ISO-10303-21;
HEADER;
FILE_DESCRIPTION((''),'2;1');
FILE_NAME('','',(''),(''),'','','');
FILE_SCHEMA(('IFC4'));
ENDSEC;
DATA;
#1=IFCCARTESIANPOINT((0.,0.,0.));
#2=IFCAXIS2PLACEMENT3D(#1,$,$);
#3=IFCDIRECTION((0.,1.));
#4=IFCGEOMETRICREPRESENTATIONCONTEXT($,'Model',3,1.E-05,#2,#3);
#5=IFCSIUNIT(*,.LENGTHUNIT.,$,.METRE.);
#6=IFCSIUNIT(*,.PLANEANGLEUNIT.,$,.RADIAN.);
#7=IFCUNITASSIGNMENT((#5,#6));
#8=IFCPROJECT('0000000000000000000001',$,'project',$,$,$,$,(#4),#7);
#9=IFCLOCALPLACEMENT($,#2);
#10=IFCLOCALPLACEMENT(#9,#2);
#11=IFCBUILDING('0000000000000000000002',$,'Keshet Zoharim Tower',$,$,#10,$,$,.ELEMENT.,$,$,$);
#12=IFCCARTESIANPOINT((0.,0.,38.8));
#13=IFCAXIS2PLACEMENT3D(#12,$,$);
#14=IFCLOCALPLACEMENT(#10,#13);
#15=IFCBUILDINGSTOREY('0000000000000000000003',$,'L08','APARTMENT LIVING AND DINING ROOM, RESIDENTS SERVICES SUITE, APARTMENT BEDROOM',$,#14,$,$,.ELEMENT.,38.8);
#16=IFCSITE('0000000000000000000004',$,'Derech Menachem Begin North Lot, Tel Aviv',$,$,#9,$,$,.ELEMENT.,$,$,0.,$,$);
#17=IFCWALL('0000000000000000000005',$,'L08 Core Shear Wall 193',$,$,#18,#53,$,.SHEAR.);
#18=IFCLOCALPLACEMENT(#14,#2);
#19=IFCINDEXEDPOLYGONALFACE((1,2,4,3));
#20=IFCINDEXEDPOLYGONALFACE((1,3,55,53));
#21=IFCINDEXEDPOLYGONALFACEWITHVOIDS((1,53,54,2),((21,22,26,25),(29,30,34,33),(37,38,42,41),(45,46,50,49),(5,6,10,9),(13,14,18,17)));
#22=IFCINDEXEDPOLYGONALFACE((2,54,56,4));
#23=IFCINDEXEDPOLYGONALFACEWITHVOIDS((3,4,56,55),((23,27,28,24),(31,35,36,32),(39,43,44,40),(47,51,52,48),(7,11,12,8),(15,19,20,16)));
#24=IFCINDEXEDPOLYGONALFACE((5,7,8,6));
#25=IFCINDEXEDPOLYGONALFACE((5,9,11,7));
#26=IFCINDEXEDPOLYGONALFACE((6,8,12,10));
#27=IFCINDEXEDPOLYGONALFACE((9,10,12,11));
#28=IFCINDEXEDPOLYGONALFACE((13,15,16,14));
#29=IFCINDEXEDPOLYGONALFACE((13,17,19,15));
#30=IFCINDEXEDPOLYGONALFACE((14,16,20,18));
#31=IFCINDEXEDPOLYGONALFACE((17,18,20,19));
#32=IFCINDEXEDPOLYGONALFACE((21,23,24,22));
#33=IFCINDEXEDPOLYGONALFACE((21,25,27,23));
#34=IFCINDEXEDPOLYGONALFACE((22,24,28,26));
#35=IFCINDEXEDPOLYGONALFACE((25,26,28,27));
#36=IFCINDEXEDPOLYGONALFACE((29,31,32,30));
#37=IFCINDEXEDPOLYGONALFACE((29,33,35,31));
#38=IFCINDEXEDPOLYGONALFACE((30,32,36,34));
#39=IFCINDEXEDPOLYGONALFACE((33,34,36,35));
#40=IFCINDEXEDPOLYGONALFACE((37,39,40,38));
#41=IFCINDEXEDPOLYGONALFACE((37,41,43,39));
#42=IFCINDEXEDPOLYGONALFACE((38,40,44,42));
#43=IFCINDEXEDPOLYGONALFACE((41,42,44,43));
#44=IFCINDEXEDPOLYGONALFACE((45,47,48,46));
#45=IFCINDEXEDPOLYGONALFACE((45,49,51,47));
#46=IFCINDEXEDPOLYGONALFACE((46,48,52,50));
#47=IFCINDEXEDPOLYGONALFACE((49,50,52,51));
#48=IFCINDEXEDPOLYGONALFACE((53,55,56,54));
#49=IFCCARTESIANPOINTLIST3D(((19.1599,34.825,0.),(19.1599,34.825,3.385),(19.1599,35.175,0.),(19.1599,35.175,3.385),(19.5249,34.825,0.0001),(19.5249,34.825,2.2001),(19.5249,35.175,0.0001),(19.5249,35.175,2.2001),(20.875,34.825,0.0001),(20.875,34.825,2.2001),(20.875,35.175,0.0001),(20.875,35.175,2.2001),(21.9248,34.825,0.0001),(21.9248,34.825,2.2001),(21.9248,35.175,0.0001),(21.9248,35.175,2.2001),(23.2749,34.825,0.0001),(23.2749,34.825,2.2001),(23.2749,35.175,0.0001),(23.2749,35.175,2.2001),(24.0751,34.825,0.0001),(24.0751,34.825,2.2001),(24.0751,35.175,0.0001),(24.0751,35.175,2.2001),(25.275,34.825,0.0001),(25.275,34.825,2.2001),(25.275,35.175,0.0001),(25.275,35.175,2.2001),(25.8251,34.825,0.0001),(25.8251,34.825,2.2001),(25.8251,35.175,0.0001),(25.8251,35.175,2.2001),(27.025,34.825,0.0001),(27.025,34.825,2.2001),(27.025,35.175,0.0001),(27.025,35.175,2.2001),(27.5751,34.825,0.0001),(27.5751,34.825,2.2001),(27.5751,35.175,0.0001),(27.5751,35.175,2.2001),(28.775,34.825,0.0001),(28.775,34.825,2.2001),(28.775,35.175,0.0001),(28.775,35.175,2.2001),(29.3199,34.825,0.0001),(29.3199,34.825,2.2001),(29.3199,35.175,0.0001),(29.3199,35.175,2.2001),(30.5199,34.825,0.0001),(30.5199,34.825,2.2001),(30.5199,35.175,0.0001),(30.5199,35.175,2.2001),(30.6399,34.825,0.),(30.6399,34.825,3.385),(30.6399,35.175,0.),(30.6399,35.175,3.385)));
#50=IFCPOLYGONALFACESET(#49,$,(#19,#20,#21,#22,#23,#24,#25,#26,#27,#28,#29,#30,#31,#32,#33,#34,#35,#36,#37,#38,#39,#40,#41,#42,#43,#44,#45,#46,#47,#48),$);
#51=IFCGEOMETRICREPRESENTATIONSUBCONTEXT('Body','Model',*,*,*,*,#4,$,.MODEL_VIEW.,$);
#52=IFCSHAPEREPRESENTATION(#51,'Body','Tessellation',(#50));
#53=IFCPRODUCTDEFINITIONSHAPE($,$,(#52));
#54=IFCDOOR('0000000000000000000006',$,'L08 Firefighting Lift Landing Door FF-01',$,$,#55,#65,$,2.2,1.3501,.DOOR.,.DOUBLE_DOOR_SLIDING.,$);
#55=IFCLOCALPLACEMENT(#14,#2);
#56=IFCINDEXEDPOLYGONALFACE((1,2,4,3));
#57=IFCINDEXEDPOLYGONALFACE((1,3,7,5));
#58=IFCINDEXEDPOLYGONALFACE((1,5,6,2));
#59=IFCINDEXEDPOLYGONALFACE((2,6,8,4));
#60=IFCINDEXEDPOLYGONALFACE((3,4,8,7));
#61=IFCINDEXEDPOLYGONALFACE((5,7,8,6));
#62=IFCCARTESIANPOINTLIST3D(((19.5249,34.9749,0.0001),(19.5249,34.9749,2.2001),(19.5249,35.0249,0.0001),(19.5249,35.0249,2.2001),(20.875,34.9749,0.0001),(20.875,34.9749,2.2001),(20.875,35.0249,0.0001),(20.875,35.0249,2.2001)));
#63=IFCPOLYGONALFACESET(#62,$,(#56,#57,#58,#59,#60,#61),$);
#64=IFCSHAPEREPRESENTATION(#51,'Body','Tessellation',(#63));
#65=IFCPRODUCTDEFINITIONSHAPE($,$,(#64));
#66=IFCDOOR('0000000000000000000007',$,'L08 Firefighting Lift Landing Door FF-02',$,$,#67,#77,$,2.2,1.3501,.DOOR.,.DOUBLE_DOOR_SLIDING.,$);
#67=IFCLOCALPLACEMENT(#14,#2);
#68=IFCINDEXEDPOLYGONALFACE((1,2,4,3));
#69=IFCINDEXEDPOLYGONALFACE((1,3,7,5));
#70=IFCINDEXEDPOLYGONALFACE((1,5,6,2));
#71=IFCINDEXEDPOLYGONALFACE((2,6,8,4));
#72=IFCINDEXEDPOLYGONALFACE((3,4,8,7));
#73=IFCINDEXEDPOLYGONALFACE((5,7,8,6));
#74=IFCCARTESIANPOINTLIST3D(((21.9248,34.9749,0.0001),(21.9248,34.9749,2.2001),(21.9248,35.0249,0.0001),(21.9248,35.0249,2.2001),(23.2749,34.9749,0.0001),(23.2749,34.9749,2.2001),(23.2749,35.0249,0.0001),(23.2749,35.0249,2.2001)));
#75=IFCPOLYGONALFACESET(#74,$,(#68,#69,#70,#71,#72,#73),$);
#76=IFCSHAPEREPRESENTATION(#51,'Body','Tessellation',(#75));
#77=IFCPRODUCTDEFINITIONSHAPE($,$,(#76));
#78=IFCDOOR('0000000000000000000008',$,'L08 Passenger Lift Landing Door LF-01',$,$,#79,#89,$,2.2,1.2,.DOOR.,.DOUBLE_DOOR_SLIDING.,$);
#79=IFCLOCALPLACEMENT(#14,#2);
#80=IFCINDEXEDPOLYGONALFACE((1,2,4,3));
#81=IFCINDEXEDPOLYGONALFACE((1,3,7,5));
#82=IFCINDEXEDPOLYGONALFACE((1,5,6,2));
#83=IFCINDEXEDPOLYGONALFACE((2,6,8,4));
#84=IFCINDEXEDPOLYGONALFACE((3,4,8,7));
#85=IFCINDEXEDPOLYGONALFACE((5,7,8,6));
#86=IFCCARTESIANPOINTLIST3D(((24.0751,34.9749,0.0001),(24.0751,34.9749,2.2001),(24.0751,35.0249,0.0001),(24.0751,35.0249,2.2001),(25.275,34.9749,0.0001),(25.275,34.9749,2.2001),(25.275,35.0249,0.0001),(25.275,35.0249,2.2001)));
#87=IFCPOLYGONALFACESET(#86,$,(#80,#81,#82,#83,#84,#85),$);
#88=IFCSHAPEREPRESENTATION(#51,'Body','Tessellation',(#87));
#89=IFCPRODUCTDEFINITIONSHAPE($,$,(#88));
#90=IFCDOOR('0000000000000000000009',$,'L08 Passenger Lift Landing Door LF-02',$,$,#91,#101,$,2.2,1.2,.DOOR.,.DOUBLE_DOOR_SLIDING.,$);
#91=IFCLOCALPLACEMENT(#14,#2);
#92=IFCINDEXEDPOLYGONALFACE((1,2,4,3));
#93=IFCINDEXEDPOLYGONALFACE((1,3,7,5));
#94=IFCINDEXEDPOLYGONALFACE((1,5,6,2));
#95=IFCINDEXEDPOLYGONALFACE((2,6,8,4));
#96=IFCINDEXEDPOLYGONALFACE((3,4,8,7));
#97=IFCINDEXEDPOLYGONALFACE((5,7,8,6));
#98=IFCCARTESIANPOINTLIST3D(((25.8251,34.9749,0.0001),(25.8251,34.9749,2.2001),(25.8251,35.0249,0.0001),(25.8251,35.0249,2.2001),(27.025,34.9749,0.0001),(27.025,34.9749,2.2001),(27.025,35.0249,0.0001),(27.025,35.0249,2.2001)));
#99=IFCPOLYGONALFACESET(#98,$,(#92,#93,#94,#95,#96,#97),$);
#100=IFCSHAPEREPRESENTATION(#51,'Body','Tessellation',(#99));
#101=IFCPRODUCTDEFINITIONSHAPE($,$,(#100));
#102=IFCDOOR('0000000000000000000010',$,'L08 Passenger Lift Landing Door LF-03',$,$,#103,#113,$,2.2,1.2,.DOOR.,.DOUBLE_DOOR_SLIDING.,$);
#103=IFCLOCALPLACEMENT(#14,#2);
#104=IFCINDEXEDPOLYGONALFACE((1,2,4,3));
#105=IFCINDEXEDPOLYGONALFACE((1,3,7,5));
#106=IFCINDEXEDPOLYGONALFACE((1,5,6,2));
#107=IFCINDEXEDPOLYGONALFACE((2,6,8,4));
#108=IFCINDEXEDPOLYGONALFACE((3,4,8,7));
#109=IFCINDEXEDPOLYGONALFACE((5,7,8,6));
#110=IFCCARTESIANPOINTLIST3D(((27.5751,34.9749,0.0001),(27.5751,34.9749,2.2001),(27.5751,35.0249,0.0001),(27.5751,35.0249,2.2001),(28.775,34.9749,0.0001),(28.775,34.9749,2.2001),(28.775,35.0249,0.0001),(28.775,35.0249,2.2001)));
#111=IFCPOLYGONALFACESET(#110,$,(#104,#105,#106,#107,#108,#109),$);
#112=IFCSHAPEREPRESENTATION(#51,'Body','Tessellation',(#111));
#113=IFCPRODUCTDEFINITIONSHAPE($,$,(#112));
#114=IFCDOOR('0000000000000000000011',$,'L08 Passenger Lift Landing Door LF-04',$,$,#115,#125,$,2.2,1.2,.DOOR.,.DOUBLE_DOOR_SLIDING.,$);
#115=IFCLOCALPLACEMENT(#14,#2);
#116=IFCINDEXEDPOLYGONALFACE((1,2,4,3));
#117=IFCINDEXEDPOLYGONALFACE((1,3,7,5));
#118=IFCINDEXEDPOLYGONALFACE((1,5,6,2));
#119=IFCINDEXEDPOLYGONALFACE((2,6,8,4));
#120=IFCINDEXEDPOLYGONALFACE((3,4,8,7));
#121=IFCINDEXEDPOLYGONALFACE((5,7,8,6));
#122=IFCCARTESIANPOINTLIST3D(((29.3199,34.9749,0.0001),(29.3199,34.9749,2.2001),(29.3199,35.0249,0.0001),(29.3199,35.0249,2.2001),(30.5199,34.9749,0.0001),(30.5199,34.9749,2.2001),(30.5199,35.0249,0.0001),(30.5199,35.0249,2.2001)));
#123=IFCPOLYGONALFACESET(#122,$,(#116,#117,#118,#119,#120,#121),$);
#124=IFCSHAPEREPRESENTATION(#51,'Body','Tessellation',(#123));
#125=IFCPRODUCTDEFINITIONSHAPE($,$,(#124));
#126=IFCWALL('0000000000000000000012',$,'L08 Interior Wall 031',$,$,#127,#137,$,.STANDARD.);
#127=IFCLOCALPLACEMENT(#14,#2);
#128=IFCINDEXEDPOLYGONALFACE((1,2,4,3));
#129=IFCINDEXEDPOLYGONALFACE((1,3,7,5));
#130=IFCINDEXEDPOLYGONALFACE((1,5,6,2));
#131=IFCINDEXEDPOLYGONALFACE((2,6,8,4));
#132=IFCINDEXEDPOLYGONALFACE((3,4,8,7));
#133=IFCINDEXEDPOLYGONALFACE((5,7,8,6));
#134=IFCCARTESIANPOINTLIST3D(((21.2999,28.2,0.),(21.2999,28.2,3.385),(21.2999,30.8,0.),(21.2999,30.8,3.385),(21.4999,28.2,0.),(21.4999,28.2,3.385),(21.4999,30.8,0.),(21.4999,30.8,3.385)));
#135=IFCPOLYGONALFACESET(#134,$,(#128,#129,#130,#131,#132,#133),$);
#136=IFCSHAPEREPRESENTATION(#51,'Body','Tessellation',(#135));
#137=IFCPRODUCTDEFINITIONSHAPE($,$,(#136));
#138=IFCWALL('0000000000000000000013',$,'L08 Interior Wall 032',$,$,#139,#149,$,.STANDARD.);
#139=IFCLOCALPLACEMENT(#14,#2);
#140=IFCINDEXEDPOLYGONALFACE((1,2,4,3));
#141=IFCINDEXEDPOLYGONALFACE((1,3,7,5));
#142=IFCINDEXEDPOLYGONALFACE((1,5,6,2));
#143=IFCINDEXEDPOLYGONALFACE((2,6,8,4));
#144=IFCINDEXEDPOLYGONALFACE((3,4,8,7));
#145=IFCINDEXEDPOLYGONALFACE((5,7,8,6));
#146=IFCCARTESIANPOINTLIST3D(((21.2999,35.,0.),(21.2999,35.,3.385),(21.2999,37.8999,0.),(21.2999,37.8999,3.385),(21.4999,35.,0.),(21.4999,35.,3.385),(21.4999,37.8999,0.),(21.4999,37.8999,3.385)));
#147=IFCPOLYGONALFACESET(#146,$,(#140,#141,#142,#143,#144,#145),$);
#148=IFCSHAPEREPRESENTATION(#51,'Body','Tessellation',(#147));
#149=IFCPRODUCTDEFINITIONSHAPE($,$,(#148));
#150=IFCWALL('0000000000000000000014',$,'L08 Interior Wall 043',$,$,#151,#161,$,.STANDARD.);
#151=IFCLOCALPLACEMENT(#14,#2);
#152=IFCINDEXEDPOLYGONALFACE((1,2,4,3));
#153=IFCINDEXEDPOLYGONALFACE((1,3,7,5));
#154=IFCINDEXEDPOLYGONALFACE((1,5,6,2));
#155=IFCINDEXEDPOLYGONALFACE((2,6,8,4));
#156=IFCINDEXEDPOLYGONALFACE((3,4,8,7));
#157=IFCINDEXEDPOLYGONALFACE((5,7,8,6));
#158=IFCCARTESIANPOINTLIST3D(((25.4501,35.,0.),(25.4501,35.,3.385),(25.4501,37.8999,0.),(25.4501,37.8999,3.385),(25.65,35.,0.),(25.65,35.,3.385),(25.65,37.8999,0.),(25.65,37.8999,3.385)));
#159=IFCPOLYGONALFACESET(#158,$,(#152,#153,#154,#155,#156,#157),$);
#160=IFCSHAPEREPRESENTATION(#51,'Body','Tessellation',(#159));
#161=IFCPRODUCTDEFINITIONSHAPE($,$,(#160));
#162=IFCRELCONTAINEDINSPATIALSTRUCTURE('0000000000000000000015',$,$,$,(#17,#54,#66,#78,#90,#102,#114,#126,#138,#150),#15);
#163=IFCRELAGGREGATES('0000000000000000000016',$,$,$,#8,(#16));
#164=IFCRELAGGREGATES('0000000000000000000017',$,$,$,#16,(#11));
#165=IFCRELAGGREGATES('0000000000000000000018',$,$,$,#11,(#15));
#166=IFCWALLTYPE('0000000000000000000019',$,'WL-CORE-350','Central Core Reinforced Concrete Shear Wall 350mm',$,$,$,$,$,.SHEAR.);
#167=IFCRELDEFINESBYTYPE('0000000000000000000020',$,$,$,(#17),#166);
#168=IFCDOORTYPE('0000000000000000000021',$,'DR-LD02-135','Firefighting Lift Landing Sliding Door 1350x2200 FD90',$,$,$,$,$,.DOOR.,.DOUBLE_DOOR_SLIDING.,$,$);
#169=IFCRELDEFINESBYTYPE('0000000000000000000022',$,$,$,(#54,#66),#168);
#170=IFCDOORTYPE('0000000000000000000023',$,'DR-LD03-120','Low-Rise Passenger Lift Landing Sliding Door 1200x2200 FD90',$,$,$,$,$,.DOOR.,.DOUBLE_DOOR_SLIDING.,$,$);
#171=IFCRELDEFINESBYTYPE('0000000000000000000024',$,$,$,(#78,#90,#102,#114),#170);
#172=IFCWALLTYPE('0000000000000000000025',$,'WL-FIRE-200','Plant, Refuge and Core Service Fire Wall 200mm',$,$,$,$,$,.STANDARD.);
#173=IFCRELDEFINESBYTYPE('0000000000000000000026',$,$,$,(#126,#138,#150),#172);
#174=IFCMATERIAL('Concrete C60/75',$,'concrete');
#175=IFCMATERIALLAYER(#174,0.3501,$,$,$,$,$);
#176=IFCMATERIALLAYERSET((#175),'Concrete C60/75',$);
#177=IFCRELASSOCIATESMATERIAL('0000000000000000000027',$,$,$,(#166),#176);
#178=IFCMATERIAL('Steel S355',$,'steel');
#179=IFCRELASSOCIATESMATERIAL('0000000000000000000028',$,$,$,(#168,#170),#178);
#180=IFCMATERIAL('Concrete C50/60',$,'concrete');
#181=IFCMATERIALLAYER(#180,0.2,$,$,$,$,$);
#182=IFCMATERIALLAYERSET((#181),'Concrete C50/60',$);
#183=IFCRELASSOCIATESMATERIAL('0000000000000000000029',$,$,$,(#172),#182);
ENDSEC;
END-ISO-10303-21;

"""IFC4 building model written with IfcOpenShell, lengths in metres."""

from ifc_helpers import new_model, si_unit, direction, frame, frame_2d, origin, place, context, subcontext, project, spatial, rectangle, extrude, material, layer, layer_set, type_object, element, fill, save


model = new_model("IFC4")

# Units and contexts
model_context = context("Model", 3, precision=1e-05, world=origin(), true_north=direction((0.0, 1.0)))
body_context = subcontext(model_context, "Body", "Model", "MODEL_VIEW")
ifc_project = project(units=[si_unit("LENGTHUNIT", "METRE"), si_unit("PLANEANGLEUNIT", "RADIAN")], contexts=[model_context])

# Site, building, storey
site_placement = place(None, origin())
site = spatial("IfcSite", under=ifc_project, at=site_placement, Name="Derech Menachem Begin North Lot, Tel Aviv", CompositionType="ELEMENT", RefElevation=0.0)
building_placement = place(site_placement, origin())
building = spatial("IfcBuilding", under=site, at=building_placement, Name="Keshet Zoharim Tower", CompositionType="ELEMENT")
storey_placement = place(building_placement, frame((0.0, 0.0, 38.8)))
storey = spatial("IfcBuildingStorey", under=building, at=storey_placement, Name="L08", Description="APARTMENT LIVING AND DINING ROOM, RESIDENTS SERVICES SUITE, APARTMENT BEDROOM", CompositionType="ELEMENT", Elevation=38.8)

# Shared definitions
ifc_material_1 = material(Name="Concrete C60/75", Category="concrete")
ifc_layer_1 = layer(ifc_material_1, 0.3501)
ifc_layer_set_1 = layer_set([ifc_layer_1], Name="Concrete C60/75")
wall_type_1 = type_object("IfcWallType", Name="WL-CORE-350", Description="Central Core Reinforced Concrete Shear Wall 350mm", PredefinedType="SHEAR", material=ifc_layer_set_1)

# Shared definitions
ifc_material_2 = material(Name="Steel S355", Category="steel")

# Wall, openings, doors
wall_1_placement = place(storey_placement, frame((19.1599, 35.0, 0.0), z_axis=(0.0, 0.0, 1.0), x_axis=(1.0, 0.0, 0.0)))
wall_1 = element("IfcWall", 1, at=wall_1_placement, inside=storey, type_object=wall_type_1, Name="L08 Core Shear Wall 193", PredefinedType="SHEAR", context=body_context, shape_type="SweptSolid", body=[
    extrude(rectangle(XDim=11.48, YDim=0.3501, at=frame_2d((5.74, 0.0))), origin(), (0.0, 0.0, 1.0), 3.385),
])
opening_1_placement = place(wall_1_placement, frame((0.365, 0.0, 0.0)))
opening_1 = element("IfcOpeningElement", 2, at=opening_1_placement, cuts=wall_1, PredefinedType="OPENING", context=body_context, shape_type="SweptSolid", body=[
    extrude(rectangle(XDim=1.3501, YDim=2.2, at=frame_2d((0.675, 1.1001))), frame((0.0, 0.1851, 0.0), z_axis=(0.0, -1.0, 0.0), x_axis=(1.0, 0.0, 0.0)), (0.0, 0.0, 1.0), 0.3701),
])
opening_2_placement = place(wall_1_placement, frame((2.7649, 0.0, 0.0)))
opening_2 = element("IfcOpeningElement", 3, at=opening_2_placement, cuts=wall_1, PredefinedType="OPENING", context=body_context, shape_type="SweptSolid", body=[
    extrude(rectangle(XDim=1.3501, YDim=2.2, at=frame_2d((0.675, 1.1001))), frame((0.0, 0.1851, 0.0), z_axis=(0.0, -1.0, 0.0), x_axis=(1.0, 0.0, 0.0)), (0.0, 0.0, 1.0), 0.3701),
])
opening_3_placement = place(wall_1_placement, frame((4.915, 0.0, 0.0)))
opening_3 = element("IfcOpeningElement", 4, at=opening_3_placement, cuts=wall_1, PredefinedType="OPENING", context=body_context, shape_type="SweptSolid", body=[
    extrude(rectangle(XDim=1.2, YDim=2.2, at=frame_2d((0.6001, 1.1001))), frame((0.0, 0.1851, 0.0), z_axis=(0.0, -1.0, 0.0), x_axis=(1.0, 0.0, 0.0)), (0.0, 0.0, 1.0), 0.3701),
])
opening_4_placement = place(wall_1_placement, frame((6.665, 0.0, 0.0)))
opening_4 = element("IfcOpeningElement", 5, at=opening_4_placement, cuts=wall_1, PredefinedType="OPENING", context=body_context, shape_type="SweptSolid", body=[
    extrude(rectangle(XDim=1.2, YDim=2.2, at=frame_2d((0.6001, 1.1001))), frame((0.0, 0.1851, 0.0), z_axis=(0.0, -1.0, 0.0), x_axis=(1.0, 0.0, 0.0)), (0.0, 0.0, 1.0), 0.3701),
])
opening_5_placement = place(wall_1_placement, frame((8.415, 0.0, 0.0)))
opening_5 = element("IfcOpeningElement", 6, at=opening_5_placement, cuts=wall_1, PredefinedType="OPENING", context=body_context, shape_type="SweptSolid", body=[
    extrude(rectangle(XDim=1.2, YDim=2.2, at=frame_2d((0.6001, 1.1001))), frame((0.0, 0.1851, 0.0), z_axis=(0.0, -1.0, 0.0), x_axis=(1.0, 0.0, 0.0)), (0.0, 0.0, 1.0), 0.3701),
])
opening_6_placement = place(wall_1_placement, frame((10.1599, 0.0, 0.0)))
opening_6 = element("IfcOpeningElement", 7, at=opening_6_placement, cuts=wall_1, PredefinedType="OPENING", context=body_context, shape_type="SweptSolid", body=[
    extrude(rectangle(XDim=1.2, YDim=2.2, at=frame_2d((0.6001, 1.1001))), frame((0.0, 0.1851, 0.0), z_axis=(0.0, -1.0, 0.0), x_axis=(1.0, 0.0, 0.0)), (0.0, 0.0, 1.0), 0.3701),
])
door_type_1 = type_object("IfcDoorType", Name="DR-LD02-135", Description="Firefighting Lift Landing Sliding Door 1350x2200 FD90", OperationType="DOUBLE_DOOR_SLIDING", PredefinedType="DOOR", material=ifc_material_2)
door_1_placement = place(opening_1_placement, origin())
door_1 = element("IfcDoor", 8, at=door_1_placement, inside=storey, type_object=door_type_1, Name="L08 Firefighting Lift Landing Door FF-01", OperationType="DOUBLE_DOOR_SLIDING", OverallHeight=2.2, OverallWidth=1.3501, PredefinedType="DOOR", context=body_context, shape_type="SweptSolid", body=[
    extrude(rectangle(XDim=1.3501, YDim=2.2, at=frame_2d((0.675, 1.1001))), frame((0.0, 0.0249, 0.0), z_axis=(0.0, -1.0, 0.0), x_axis=(1.0, 0.0, 0.0)), (0.0, 0.0, 1.0), 0.05),
])
fill(opening_1, door_1)
door_2_placement = place(opening_2_placement, origin())
door_2 = element("IfcDoor", 9, at=door_2_placement, inside=storey, type_object=door_type_1, Name="L08 Firefighting Lift Landing Door FF-02", OperationType="DOUBLE_DOOR_SLIDING", OverallHeight=2.2, OverallWidth=1.3501, PredefinedType="DOOR", context=body_context, shape_type="SweptSolid", body=[
    extrude(rectangle(XDim=1.3501, YDim=2.2, at=frame_2d((0.675, 1.1001))), frame((0.0, 0.0249, 0.0), z_axis=(0.0, -1.0, 0.0), x_axis=(1.0, 0.0, 0.0)), (0.0, 0.0, 1.0), 0.05),
])
fill(opening_2, door_2)
door_type_2 = type_object("IfcDoorType", Name="DR-LD03-120", Description="Low-Rise Passenger Lift Landing Sliding Door 1200x2200 FD90", OperationType="DOUBLE_DOOR_SLIDING", PredefinedType="DOOR", material=ifc_material_2)
door_3_placement = place(opening_3_placement, origin())
door_3 = element("IfcDoor", 10, at=door_3_placement, inside=storey, type_object=door_type_2, Name="L08 Passenger Lift Landing Door LF-01", OperationType="DOUBLE_DOOR_SLIDING", OverallHeight=2.2, OverallWidth=1.2, PredefinedType="DOOR", context=body_context, shape_type="SweptSolid", body=[
    extrude(rectangle(XDim=1.2, YDim=2.2, at=frame_2d((0.6001, 1.1001))), frame((0.0, 0.0249, 0.0), z_axis=(0.0, -1.0, 0.0), x_axis=(1.0, 0.0, 0.0)), (0.0, 0.0, 1.0), 0.05),
])
fill(opening_3, door_3)
door_4_placement = place(opening_4_placement, origin())
door_4 = element("IfcDoor", 11, at=door_4_placement, inside=storey, type_object=door_type_2, Name="L08 Passenger Lift Landing Door LF-02", OperationType="DOUBLE_DOOR_SLIDING", OverallHeight=2.2, OverallWidth=1.2, PredefinedType="DOOR", context=body_context, shape_type="SweptSolid", body=[
    extrude(rectangle(XDim=1.2, YDim=2.2, at=frame_2d((0.6001, 1.1001))), frame((0.0, 0.0249, 0.0), z_axis=(0.0, -1.0, 0.0), x_axis=(1.0, 0.0, 0.0)), (0.0, 0.0, 1.0), 0.05),
])
fill(opening_4, door_4)
door_5_placement = place(opening_5_placement, origin())
door_5 = element("IfcDoor", 12, at=door_5_placement, inside=storey, type_object=door_type_2, Name="L08 Passenger Lift Landing Door LF-03", OperationType="DOUBLE_DOOR_SLIDING", OverallHeight=2.2, OverallWidth=1.2, PredefinedType="DOOR", context=body_context, shape_type="SweptSolid", body=[
    extrude(rectangle(XDim=1.2, YDim=2.2, at=frame_2d((0.6001, 1.1001))), frame((0.0, 0.0249, 0.0), z_axis=(0.0, -1.0, 0.0), x_axis=(1.0, 0.0, 0.0)), (0.0, 0.0, 1.0), 0.05),
])
fill(opening_5, door_5)
door_6_placement = place(opening_6_placement, origin())
door_6 = element("IfcDoor", 13, at=door_6_placement, inside=storey, type_object=door_type_2, Name="L08 Passenger Lift Landing Door LF-04", OperationType="DOUBLE_DOOR_SLIDING", OverallHeight=2.2, OverallWidth=1.2, PredefinedType="DOOR", context=body_context, shape_type="SweptSolid", body=[
    extrude(rectangle(XDim=1.2, YDim=2.2, at=frame_2d((0.6001, 1.1001))), frame((0.0, 0.0249, 0.0), z_axis=(0.0, -1.0, 0.0), x_axis=(1.0, 0.0, 0.0)), (0.0, 0.0, 1.0), 0.05),
])
fill(opening_6, door_6)

# Walls
ifc_material_3 = material(Name="Concrete C50/60", Category="concrete")
ifc_layer_2 = layer(ifc_material_3, 0.2)
ifc_layer_set_2 = layer_set([ifc_layer_2], Name="Concrete C50/60")
wall_type_2 = type_object("IfcWallType", Name="WL-FIRE-200", Description="Plant, Refuge and Core Service Fire Wall 200mm", PredefinedType="STANDARD", material=ifc_layer_set_2)
wall_2_placement = place(storey_placement, frame((21.3999, 28.2, 0.0), z_axis=(0.0, 0.0, 1.0), x_axis=(0.0, 1.0, 0.0)))
element("IfcWall", 14, at=wall_2_placement, inside=storey, type_object=wall_type_2, Name="L08 Interior Wall 031", PredefinedType="STANDARD", context=body_context, shape_type="SweptSolid", body=[
    extrude(rectangle(XDim=2.6001, YDim=0.2, at=frame_2d((1.3, 0.0))), origin(), (0.0, 0.0, 1.0), 3.385),
])
for number, where, z_axis, x_axis, name in (
    (15, (21.3999, 35.0, 0.0), (0.0, 0.0, 1.0), (0.0, 1.0, 0.0), "L08 Interior Wall 032"),
    (16, (25.55, 35.0, 0.0), (0.0, 0.0, 1.0), (0.0, 1.0, 0.0), "L08 Interior Wall 043"),
):
    element("IfcWall", number, at=place(storey_placement, frame(where, z_axis=z_axis, x_axis=x_axis)), inside=storey, type_object=wall_type_2, Name=name, PredefinedType="STANDARD", context=body_context, shape_type="SweptSolid", body=[
        extrude(rectangle(XDim=2.8999, YDim=0.2, at=frame_2d((1.45, 0.0))), origin(), (0.0, 0.0, 1.0), 3.385),
    ])

save(model, "model.ifc")
